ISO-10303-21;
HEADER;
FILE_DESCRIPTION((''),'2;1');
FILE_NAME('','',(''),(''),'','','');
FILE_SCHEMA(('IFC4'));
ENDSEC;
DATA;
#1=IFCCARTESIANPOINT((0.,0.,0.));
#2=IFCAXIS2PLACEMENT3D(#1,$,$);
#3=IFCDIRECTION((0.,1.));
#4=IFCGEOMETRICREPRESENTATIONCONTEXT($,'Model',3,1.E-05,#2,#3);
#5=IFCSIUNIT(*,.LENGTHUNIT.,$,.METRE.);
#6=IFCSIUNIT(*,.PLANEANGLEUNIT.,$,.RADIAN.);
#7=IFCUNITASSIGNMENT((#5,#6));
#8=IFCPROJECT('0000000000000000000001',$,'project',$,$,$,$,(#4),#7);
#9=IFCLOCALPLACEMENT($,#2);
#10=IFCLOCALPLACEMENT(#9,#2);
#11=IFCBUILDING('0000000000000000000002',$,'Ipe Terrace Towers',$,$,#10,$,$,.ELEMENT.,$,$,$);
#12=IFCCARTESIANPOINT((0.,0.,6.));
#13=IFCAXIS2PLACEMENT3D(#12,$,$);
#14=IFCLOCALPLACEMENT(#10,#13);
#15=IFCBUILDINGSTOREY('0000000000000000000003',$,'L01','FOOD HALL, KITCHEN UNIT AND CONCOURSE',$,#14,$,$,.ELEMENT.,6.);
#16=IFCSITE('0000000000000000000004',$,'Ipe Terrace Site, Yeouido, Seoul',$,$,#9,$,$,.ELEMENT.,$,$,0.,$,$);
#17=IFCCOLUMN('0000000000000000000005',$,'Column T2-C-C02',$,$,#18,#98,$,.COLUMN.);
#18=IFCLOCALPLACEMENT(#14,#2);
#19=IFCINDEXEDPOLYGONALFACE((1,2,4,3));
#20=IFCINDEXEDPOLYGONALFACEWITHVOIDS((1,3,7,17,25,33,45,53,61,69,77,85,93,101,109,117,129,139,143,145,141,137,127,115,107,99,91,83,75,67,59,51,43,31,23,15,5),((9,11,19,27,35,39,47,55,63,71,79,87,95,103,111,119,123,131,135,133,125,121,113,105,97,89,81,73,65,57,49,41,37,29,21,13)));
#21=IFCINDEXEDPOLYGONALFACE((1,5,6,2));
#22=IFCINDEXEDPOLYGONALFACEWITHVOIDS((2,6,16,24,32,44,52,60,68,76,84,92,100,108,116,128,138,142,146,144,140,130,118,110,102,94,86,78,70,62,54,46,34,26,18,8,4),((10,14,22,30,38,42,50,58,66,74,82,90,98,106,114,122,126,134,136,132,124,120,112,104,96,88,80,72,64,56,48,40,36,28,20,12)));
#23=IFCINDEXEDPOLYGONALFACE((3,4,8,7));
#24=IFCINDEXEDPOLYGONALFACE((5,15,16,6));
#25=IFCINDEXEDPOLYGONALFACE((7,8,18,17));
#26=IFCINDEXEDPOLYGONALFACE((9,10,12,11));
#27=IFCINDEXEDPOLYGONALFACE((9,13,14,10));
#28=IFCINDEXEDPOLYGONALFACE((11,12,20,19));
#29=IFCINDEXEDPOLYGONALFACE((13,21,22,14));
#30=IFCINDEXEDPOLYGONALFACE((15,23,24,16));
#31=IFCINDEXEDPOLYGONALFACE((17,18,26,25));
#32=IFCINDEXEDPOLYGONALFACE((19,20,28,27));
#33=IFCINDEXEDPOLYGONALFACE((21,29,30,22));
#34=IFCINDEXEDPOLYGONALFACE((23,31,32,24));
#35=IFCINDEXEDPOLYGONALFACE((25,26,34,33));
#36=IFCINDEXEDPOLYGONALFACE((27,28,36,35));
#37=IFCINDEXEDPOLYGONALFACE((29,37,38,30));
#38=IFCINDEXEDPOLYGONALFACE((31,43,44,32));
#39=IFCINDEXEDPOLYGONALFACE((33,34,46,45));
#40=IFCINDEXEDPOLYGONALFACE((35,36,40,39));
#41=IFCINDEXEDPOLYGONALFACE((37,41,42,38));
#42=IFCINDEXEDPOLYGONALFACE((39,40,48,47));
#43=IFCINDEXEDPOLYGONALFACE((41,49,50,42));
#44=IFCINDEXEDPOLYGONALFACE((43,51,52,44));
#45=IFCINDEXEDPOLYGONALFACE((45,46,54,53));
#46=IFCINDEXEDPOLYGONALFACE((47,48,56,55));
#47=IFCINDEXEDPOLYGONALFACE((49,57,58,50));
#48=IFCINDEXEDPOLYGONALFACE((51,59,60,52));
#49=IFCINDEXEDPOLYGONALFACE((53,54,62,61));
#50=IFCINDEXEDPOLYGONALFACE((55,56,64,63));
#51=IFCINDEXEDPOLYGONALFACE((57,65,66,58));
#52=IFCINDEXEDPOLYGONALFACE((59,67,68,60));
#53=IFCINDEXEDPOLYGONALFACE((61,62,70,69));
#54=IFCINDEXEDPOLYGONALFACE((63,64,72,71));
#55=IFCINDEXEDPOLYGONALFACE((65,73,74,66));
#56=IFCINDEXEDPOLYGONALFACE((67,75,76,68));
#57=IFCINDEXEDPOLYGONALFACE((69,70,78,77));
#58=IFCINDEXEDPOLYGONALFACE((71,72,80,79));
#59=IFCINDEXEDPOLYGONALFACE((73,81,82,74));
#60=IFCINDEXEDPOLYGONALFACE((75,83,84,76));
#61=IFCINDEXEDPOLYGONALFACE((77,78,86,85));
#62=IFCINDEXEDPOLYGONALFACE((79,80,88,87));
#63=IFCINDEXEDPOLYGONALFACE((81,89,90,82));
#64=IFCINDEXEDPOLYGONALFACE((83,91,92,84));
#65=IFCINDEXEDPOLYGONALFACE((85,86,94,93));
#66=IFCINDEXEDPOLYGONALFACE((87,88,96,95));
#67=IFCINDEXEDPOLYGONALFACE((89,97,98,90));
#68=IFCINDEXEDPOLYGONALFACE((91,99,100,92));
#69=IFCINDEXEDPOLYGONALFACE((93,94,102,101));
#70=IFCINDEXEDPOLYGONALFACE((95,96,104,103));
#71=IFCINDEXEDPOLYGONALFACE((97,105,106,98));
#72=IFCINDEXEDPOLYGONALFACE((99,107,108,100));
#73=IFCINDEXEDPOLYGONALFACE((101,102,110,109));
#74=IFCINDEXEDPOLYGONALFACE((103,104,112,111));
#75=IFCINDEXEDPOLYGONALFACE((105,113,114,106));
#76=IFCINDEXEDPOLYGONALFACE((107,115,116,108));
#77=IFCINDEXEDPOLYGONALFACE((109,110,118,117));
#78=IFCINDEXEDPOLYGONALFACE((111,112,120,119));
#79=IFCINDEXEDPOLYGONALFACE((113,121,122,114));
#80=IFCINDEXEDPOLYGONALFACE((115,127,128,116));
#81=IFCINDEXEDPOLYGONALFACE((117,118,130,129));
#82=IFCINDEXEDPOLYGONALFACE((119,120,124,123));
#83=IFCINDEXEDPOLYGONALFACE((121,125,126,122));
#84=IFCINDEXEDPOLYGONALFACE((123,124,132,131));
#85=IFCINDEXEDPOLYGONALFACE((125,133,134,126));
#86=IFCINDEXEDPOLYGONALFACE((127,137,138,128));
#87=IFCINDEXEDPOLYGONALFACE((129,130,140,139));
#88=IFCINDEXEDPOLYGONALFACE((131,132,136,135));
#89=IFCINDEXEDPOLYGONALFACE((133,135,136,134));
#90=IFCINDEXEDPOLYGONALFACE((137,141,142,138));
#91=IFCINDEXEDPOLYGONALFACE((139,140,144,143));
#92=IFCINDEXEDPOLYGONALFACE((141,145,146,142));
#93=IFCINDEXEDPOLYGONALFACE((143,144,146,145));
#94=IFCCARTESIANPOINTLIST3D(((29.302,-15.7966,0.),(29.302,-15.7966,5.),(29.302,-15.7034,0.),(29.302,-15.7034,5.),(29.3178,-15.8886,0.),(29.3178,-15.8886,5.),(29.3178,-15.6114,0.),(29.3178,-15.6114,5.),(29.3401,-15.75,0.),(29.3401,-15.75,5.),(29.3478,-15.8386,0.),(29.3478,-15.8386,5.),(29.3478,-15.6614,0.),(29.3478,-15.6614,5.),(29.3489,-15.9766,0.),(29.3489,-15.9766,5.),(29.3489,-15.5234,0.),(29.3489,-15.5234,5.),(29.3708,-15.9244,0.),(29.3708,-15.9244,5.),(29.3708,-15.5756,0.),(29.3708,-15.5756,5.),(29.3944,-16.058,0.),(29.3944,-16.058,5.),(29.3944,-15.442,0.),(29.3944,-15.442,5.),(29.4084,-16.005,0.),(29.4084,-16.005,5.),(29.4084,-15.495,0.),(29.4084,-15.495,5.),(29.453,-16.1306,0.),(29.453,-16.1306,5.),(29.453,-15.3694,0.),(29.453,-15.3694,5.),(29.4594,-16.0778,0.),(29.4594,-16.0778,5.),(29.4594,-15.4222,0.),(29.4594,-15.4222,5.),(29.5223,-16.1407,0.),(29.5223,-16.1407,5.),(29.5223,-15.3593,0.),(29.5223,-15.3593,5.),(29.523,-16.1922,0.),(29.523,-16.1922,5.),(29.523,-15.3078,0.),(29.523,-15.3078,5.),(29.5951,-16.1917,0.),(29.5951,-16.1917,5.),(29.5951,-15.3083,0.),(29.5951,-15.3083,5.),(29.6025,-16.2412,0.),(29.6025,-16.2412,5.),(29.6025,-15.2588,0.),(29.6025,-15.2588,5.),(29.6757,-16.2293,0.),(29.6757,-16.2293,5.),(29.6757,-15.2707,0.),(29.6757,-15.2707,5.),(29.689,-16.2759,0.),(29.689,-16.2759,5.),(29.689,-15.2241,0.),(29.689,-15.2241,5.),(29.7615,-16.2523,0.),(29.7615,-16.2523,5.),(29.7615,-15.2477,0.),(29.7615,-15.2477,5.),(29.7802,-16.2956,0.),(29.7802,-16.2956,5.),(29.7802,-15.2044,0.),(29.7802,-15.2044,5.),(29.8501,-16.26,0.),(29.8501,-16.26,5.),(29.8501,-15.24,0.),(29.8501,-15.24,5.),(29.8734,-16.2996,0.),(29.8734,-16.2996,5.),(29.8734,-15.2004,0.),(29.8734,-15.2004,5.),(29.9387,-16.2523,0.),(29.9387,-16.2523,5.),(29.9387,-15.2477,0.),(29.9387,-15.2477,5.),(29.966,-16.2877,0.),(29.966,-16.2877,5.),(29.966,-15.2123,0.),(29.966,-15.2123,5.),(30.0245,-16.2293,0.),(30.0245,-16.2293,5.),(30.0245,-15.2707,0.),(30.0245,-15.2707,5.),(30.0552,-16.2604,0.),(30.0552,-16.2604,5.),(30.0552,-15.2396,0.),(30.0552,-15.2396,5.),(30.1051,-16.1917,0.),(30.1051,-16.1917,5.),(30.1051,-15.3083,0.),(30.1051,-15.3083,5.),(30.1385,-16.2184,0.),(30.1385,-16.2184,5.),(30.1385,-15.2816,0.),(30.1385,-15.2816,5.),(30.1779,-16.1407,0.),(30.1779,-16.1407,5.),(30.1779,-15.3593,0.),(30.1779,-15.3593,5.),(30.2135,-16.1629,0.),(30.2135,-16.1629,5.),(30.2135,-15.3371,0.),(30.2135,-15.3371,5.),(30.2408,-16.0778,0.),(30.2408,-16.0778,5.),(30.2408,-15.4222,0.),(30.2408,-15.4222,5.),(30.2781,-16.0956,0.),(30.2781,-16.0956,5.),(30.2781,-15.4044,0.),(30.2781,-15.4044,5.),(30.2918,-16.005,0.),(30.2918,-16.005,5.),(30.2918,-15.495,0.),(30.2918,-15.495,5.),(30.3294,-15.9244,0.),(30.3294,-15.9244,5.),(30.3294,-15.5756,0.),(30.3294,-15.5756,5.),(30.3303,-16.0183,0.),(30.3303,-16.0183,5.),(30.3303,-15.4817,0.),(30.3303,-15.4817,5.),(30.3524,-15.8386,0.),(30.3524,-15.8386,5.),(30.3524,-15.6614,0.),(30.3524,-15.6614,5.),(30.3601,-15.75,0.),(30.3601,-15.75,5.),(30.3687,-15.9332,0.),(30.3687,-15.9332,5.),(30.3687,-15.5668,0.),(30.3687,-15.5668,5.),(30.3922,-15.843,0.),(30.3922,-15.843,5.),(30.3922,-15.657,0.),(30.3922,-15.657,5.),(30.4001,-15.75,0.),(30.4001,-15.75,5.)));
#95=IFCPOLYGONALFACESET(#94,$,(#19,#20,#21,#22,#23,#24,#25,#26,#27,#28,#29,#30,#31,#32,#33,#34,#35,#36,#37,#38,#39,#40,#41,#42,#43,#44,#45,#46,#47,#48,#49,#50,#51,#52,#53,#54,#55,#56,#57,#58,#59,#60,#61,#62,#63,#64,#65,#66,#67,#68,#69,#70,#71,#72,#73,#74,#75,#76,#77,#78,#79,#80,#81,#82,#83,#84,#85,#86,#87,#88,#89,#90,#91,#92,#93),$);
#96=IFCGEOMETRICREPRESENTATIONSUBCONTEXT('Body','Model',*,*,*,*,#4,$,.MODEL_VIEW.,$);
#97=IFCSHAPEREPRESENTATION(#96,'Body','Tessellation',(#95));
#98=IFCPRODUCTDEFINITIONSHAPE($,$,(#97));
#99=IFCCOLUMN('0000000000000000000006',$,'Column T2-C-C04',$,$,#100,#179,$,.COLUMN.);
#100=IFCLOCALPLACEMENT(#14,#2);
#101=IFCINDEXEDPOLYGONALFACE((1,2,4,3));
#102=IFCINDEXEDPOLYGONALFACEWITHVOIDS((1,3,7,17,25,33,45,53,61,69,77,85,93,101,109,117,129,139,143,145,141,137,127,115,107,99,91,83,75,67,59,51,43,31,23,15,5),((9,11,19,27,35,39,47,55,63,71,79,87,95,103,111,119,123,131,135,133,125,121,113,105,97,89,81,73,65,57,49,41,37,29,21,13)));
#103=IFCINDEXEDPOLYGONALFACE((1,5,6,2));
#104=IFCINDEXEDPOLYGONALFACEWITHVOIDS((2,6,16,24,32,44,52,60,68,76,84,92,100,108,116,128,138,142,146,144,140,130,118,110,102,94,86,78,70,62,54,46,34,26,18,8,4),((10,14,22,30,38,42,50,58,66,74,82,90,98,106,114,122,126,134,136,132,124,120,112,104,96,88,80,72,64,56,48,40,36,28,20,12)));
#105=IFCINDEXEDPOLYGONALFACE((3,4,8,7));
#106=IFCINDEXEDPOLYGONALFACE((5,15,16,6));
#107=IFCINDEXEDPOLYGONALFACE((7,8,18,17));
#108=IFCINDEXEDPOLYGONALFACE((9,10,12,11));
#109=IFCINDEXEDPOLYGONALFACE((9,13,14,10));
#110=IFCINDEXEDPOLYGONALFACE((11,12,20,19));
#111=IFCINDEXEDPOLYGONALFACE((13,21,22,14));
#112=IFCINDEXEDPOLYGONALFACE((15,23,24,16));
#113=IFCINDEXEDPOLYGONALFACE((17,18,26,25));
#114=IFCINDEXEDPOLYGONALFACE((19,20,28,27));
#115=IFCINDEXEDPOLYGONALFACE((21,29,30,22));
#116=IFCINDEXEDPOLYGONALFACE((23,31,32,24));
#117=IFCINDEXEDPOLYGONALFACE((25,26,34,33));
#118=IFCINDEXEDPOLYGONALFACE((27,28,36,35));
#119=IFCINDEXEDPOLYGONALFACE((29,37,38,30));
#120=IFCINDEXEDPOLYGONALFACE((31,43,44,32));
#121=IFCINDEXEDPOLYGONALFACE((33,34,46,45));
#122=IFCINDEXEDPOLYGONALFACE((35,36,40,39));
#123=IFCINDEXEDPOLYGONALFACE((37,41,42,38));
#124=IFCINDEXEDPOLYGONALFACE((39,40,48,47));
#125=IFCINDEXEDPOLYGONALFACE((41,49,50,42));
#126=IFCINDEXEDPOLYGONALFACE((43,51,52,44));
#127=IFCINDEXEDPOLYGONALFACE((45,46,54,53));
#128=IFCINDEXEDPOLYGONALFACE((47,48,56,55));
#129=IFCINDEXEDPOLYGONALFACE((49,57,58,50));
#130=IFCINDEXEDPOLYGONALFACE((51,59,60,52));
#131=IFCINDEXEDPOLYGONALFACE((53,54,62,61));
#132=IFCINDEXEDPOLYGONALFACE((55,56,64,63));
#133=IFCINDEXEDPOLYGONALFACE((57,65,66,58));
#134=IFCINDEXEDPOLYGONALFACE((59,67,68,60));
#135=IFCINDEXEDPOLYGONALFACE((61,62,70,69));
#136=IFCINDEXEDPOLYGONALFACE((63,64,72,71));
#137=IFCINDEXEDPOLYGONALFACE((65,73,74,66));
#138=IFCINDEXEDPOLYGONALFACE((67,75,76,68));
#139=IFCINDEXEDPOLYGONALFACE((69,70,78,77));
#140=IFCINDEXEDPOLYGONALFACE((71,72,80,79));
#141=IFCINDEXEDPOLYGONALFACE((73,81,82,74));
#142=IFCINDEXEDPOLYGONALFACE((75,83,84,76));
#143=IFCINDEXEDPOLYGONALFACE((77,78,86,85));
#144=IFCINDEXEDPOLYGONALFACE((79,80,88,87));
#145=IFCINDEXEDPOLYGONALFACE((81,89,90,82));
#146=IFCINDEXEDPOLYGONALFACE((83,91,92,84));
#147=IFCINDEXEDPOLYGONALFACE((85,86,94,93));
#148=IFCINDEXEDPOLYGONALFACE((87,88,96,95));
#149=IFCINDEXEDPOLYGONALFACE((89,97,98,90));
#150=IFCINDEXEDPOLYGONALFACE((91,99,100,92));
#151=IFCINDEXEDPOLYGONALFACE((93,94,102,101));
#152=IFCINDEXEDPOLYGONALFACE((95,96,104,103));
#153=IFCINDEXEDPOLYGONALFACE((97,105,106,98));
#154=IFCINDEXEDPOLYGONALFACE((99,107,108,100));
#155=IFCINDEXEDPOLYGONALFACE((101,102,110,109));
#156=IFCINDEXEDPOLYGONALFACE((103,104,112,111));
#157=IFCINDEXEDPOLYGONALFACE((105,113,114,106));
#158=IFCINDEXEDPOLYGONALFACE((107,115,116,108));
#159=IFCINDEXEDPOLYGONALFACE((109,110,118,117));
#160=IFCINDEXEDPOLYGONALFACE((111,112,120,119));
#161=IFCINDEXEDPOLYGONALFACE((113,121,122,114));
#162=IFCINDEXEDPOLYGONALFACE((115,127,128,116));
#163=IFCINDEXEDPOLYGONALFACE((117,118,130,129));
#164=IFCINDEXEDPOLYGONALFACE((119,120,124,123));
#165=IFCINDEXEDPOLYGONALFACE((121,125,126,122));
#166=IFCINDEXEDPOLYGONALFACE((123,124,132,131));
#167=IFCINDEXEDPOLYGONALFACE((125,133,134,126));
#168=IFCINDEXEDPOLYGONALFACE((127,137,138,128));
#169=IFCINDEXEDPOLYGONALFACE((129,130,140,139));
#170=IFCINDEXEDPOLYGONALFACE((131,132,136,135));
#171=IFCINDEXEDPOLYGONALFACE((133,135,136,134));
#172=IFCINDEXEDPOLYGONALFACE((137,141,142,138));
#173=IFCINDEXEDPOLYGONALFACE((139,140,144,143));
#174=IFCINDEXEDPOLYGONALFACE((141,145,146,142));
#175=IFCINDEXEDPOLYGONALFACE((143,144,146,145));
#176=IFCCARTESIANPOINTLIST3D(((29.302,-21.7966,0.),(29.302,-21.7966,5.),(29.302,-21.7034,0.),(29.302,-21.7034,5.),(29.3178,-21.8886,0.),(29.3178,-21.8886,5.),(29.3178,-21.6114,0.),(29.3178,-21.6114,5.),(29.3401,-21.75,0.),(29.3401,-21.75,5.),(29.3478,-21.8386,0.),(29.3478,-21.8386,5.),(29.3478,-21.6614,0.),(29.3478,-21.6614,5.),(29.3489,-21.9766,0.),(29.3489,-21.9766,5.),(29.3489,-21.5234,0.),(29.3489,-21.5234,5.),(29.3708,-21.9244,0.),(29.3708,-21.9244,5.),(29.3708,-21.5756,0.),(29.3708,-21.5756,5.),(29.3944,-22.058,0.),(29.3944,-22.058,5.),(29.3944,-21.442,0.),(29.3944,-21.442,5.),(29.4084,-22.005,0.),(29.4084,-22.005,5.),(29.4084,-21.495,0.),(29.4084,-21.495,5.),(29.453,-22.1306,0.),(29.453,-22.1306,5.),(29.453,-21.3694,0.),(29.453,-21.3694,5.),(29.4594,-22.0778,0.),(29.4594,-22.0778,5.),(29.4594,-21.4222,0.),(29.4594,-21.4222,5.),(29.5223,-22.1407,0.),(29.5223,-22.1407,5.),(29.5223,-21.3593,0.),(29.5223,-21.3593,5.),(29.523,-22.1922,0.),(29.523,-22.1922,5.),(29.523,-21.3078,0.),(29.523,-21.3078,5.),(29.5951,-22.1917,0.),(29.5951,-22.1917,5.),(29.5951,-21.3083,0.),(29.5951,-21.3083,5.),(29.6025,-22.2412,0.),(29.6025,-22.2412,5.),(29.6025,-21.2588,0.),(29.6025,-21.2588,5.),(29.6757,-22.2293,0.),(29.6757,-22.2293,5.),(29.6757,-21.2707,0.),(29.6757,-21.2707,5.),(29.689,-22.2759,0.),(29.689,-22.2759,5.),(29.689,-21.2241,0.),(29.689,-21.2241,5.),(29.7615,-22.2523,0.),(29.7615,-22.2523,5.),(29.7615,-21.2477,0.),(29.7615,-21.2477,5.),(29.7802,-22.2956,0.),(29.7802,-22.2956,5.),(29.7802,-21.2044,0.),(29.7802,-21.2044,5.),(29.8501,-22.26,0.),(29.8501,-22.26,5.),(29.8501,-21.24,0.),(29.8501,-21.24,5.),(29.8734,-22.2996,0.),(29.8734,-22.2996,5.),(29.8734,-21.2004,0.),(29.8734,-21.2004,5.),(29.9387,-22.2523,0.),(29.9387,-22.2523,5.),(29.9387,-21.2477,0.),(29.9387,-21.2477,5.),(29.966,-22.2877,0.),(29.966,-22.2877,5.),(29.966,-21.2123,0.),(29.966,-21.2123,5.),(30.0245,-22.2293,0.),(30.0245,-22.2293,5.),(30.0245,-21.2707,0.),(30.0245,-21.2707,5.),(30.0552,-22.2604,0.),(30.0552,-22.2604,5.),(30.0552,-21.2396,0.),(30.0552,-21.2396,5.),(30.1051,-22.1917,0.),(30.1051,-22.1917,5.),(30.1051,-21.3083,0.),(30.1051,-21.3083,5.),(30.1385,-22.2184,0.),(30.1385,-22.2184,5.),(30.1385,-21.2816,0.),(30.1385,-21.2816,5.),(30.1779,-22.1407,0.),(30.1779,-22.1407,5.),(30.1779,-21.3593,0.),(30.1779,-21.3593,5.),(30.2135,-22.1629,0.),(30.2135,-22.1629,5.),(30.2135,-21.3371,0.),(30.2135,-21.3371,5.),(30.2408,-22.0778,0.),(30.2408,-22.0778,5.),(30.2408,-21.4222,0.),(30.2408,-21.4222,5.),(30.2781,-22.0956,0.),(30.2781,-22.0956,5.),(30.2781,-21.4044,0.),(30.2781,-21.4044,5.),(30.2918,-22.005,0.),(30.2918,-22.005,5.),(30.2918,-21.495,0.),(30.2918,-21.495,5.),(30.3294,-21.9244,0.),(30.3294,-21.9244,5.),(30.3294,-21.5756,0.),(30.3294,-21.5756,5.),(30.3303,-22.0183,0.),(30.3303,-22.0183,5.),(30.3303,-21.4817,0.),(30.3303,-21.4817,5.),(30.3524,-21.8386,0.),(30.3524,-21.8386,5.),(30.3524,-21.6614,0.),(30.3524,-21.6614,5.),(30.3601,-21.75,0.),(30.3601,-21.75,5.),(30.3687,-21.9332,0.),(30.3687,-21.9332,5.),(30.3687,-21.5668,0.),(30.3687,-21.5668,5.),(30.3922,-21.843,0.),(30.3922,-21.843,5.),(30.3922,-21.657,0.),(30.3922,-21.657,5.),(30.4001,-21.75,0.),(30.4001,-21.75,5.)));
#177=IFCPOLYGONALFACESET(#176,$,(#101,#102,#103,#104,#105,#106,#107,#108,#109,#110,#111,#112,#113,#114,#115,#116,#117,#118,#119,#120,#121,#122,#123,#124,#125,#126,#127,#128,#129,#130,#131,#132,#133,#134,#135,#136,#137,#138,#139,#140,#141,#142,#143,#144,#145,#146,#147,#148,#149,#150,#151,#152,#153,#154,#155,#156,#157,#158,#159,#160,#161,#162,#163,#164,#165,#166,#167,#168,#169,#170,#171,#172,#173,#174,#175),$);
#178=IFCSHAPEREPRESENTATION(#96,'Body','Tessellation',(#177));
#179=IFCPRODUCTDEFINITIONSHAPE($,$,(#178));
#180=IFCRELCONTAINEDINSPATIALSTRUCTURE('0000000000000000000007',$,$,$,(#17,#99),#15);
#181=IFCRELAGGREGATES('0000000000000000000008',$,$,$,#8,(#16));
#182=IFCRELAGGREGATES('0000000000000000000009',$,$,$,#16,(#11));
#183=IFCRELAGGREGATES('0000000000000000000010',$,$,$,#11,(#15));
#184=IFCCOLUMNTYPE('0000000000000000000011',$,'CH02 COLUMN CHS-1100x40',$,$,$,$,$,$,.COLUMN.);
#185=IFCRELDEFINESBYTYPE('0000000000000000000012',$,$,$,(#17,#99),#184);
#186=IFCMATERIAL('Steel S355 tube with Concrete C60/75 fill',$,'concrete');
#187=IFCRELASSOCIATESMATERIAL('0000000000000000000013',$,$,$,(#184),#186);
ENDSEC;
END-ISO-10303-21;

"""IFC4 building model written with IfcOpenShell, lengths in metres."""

from ifc_helpers import new_model, si_unit, direction, frame, origin, origin_2d, place, context, subcontext, project, spatial, hollow_circle, extrude, material, material_profile, profile_set, type_object, element, save


model = new_model("IFC4")

# Units and contexts
model_context = context("Model", 3, precision=1e-05, world=origin(), true_north=direction((0.0, 1.0)))
body_context = subcontext(model_context, "Body", "Model", "MODEL_VIEW")
ifc_project = project(units=[si_unit("LENGTHUNIT", "METRE"), si_unit("PLANEANGLEUNIT", "RADIAN")], contexts=[model_context])

# Site, building, storey
site_placement = place(None, origin())
site = spatial("IfcSite", under=ifc_project, at=site_placement, Name="Ipe Terrace Site, Yeouido, Seoul", CompositionType="ELEMENT", RefElevation=0.0)
building_placement = place(site_placement, origin())
building = spatial("IfcBuilding", under=site, at=building_placement, Name="Ipe Terrace Towers", CompositionType="ELEMENT")
storey_placement = place(building_placement, frame((0.0, 0.0, 6.0)))
storey = spatial("IfcBuildingStorey", under=building, at=storey_placement, Name="L01", Description="FOOD HALL, KITCHEN UNIT AND CONCOURSE", CompositionType="ELEMENT", Elevation=6.0)

# Columns
ifc_material_1 = material(Name="Steel S355 tube with Concrete C60/75 fill", Category="concrete")
ifc_material_profile_1 = material_profile(ifc_material_1, hollow_circle(Radius=0.55, WallThickness=0.04, at=origin_2d()), Name="CHS-1100x40")
ifc_profile_set_1 = profile_set([ifc_material_profile_1], Name="Steel S355 tube with Concrete C60/75 fill")
column_type_1 = type_object("IfcColumnType", Name="CH02 COLUMN CHS-1100x40", PredefinedType="COLUMN", material=ifc_profile_set_1)
for number, where, z_axis, x_axis, name in (
    (1, (29.8501, -15.75, 0.0), (0.0, 0.0, 1.0), (1.0, 0.0, 0.0), "Column T2-C-C02"),
    (2, (29.8501, -21.75, 0.0), (0.0, 0.0, 1.0), (1.0, 0.0, 0.0), "Column T2-C-C04"),
):
    element("IfcColumn", number, at=place(storey_placement, frame(where, z_axis=z_axis, x_axis=x_axis)), inside=storey, type_object=column_type_1, Name=name, PredefinedType="COLUMN", context=body_context, shape_type="SweptSolid", body=[
        extrude(hollow_circle(Radius=0.55, WallThickness=0.04, at=origin_2d()), origin(), (0.0, 0.0, 1.0), 5.0),
    ])

save(model, "model.ifc")
